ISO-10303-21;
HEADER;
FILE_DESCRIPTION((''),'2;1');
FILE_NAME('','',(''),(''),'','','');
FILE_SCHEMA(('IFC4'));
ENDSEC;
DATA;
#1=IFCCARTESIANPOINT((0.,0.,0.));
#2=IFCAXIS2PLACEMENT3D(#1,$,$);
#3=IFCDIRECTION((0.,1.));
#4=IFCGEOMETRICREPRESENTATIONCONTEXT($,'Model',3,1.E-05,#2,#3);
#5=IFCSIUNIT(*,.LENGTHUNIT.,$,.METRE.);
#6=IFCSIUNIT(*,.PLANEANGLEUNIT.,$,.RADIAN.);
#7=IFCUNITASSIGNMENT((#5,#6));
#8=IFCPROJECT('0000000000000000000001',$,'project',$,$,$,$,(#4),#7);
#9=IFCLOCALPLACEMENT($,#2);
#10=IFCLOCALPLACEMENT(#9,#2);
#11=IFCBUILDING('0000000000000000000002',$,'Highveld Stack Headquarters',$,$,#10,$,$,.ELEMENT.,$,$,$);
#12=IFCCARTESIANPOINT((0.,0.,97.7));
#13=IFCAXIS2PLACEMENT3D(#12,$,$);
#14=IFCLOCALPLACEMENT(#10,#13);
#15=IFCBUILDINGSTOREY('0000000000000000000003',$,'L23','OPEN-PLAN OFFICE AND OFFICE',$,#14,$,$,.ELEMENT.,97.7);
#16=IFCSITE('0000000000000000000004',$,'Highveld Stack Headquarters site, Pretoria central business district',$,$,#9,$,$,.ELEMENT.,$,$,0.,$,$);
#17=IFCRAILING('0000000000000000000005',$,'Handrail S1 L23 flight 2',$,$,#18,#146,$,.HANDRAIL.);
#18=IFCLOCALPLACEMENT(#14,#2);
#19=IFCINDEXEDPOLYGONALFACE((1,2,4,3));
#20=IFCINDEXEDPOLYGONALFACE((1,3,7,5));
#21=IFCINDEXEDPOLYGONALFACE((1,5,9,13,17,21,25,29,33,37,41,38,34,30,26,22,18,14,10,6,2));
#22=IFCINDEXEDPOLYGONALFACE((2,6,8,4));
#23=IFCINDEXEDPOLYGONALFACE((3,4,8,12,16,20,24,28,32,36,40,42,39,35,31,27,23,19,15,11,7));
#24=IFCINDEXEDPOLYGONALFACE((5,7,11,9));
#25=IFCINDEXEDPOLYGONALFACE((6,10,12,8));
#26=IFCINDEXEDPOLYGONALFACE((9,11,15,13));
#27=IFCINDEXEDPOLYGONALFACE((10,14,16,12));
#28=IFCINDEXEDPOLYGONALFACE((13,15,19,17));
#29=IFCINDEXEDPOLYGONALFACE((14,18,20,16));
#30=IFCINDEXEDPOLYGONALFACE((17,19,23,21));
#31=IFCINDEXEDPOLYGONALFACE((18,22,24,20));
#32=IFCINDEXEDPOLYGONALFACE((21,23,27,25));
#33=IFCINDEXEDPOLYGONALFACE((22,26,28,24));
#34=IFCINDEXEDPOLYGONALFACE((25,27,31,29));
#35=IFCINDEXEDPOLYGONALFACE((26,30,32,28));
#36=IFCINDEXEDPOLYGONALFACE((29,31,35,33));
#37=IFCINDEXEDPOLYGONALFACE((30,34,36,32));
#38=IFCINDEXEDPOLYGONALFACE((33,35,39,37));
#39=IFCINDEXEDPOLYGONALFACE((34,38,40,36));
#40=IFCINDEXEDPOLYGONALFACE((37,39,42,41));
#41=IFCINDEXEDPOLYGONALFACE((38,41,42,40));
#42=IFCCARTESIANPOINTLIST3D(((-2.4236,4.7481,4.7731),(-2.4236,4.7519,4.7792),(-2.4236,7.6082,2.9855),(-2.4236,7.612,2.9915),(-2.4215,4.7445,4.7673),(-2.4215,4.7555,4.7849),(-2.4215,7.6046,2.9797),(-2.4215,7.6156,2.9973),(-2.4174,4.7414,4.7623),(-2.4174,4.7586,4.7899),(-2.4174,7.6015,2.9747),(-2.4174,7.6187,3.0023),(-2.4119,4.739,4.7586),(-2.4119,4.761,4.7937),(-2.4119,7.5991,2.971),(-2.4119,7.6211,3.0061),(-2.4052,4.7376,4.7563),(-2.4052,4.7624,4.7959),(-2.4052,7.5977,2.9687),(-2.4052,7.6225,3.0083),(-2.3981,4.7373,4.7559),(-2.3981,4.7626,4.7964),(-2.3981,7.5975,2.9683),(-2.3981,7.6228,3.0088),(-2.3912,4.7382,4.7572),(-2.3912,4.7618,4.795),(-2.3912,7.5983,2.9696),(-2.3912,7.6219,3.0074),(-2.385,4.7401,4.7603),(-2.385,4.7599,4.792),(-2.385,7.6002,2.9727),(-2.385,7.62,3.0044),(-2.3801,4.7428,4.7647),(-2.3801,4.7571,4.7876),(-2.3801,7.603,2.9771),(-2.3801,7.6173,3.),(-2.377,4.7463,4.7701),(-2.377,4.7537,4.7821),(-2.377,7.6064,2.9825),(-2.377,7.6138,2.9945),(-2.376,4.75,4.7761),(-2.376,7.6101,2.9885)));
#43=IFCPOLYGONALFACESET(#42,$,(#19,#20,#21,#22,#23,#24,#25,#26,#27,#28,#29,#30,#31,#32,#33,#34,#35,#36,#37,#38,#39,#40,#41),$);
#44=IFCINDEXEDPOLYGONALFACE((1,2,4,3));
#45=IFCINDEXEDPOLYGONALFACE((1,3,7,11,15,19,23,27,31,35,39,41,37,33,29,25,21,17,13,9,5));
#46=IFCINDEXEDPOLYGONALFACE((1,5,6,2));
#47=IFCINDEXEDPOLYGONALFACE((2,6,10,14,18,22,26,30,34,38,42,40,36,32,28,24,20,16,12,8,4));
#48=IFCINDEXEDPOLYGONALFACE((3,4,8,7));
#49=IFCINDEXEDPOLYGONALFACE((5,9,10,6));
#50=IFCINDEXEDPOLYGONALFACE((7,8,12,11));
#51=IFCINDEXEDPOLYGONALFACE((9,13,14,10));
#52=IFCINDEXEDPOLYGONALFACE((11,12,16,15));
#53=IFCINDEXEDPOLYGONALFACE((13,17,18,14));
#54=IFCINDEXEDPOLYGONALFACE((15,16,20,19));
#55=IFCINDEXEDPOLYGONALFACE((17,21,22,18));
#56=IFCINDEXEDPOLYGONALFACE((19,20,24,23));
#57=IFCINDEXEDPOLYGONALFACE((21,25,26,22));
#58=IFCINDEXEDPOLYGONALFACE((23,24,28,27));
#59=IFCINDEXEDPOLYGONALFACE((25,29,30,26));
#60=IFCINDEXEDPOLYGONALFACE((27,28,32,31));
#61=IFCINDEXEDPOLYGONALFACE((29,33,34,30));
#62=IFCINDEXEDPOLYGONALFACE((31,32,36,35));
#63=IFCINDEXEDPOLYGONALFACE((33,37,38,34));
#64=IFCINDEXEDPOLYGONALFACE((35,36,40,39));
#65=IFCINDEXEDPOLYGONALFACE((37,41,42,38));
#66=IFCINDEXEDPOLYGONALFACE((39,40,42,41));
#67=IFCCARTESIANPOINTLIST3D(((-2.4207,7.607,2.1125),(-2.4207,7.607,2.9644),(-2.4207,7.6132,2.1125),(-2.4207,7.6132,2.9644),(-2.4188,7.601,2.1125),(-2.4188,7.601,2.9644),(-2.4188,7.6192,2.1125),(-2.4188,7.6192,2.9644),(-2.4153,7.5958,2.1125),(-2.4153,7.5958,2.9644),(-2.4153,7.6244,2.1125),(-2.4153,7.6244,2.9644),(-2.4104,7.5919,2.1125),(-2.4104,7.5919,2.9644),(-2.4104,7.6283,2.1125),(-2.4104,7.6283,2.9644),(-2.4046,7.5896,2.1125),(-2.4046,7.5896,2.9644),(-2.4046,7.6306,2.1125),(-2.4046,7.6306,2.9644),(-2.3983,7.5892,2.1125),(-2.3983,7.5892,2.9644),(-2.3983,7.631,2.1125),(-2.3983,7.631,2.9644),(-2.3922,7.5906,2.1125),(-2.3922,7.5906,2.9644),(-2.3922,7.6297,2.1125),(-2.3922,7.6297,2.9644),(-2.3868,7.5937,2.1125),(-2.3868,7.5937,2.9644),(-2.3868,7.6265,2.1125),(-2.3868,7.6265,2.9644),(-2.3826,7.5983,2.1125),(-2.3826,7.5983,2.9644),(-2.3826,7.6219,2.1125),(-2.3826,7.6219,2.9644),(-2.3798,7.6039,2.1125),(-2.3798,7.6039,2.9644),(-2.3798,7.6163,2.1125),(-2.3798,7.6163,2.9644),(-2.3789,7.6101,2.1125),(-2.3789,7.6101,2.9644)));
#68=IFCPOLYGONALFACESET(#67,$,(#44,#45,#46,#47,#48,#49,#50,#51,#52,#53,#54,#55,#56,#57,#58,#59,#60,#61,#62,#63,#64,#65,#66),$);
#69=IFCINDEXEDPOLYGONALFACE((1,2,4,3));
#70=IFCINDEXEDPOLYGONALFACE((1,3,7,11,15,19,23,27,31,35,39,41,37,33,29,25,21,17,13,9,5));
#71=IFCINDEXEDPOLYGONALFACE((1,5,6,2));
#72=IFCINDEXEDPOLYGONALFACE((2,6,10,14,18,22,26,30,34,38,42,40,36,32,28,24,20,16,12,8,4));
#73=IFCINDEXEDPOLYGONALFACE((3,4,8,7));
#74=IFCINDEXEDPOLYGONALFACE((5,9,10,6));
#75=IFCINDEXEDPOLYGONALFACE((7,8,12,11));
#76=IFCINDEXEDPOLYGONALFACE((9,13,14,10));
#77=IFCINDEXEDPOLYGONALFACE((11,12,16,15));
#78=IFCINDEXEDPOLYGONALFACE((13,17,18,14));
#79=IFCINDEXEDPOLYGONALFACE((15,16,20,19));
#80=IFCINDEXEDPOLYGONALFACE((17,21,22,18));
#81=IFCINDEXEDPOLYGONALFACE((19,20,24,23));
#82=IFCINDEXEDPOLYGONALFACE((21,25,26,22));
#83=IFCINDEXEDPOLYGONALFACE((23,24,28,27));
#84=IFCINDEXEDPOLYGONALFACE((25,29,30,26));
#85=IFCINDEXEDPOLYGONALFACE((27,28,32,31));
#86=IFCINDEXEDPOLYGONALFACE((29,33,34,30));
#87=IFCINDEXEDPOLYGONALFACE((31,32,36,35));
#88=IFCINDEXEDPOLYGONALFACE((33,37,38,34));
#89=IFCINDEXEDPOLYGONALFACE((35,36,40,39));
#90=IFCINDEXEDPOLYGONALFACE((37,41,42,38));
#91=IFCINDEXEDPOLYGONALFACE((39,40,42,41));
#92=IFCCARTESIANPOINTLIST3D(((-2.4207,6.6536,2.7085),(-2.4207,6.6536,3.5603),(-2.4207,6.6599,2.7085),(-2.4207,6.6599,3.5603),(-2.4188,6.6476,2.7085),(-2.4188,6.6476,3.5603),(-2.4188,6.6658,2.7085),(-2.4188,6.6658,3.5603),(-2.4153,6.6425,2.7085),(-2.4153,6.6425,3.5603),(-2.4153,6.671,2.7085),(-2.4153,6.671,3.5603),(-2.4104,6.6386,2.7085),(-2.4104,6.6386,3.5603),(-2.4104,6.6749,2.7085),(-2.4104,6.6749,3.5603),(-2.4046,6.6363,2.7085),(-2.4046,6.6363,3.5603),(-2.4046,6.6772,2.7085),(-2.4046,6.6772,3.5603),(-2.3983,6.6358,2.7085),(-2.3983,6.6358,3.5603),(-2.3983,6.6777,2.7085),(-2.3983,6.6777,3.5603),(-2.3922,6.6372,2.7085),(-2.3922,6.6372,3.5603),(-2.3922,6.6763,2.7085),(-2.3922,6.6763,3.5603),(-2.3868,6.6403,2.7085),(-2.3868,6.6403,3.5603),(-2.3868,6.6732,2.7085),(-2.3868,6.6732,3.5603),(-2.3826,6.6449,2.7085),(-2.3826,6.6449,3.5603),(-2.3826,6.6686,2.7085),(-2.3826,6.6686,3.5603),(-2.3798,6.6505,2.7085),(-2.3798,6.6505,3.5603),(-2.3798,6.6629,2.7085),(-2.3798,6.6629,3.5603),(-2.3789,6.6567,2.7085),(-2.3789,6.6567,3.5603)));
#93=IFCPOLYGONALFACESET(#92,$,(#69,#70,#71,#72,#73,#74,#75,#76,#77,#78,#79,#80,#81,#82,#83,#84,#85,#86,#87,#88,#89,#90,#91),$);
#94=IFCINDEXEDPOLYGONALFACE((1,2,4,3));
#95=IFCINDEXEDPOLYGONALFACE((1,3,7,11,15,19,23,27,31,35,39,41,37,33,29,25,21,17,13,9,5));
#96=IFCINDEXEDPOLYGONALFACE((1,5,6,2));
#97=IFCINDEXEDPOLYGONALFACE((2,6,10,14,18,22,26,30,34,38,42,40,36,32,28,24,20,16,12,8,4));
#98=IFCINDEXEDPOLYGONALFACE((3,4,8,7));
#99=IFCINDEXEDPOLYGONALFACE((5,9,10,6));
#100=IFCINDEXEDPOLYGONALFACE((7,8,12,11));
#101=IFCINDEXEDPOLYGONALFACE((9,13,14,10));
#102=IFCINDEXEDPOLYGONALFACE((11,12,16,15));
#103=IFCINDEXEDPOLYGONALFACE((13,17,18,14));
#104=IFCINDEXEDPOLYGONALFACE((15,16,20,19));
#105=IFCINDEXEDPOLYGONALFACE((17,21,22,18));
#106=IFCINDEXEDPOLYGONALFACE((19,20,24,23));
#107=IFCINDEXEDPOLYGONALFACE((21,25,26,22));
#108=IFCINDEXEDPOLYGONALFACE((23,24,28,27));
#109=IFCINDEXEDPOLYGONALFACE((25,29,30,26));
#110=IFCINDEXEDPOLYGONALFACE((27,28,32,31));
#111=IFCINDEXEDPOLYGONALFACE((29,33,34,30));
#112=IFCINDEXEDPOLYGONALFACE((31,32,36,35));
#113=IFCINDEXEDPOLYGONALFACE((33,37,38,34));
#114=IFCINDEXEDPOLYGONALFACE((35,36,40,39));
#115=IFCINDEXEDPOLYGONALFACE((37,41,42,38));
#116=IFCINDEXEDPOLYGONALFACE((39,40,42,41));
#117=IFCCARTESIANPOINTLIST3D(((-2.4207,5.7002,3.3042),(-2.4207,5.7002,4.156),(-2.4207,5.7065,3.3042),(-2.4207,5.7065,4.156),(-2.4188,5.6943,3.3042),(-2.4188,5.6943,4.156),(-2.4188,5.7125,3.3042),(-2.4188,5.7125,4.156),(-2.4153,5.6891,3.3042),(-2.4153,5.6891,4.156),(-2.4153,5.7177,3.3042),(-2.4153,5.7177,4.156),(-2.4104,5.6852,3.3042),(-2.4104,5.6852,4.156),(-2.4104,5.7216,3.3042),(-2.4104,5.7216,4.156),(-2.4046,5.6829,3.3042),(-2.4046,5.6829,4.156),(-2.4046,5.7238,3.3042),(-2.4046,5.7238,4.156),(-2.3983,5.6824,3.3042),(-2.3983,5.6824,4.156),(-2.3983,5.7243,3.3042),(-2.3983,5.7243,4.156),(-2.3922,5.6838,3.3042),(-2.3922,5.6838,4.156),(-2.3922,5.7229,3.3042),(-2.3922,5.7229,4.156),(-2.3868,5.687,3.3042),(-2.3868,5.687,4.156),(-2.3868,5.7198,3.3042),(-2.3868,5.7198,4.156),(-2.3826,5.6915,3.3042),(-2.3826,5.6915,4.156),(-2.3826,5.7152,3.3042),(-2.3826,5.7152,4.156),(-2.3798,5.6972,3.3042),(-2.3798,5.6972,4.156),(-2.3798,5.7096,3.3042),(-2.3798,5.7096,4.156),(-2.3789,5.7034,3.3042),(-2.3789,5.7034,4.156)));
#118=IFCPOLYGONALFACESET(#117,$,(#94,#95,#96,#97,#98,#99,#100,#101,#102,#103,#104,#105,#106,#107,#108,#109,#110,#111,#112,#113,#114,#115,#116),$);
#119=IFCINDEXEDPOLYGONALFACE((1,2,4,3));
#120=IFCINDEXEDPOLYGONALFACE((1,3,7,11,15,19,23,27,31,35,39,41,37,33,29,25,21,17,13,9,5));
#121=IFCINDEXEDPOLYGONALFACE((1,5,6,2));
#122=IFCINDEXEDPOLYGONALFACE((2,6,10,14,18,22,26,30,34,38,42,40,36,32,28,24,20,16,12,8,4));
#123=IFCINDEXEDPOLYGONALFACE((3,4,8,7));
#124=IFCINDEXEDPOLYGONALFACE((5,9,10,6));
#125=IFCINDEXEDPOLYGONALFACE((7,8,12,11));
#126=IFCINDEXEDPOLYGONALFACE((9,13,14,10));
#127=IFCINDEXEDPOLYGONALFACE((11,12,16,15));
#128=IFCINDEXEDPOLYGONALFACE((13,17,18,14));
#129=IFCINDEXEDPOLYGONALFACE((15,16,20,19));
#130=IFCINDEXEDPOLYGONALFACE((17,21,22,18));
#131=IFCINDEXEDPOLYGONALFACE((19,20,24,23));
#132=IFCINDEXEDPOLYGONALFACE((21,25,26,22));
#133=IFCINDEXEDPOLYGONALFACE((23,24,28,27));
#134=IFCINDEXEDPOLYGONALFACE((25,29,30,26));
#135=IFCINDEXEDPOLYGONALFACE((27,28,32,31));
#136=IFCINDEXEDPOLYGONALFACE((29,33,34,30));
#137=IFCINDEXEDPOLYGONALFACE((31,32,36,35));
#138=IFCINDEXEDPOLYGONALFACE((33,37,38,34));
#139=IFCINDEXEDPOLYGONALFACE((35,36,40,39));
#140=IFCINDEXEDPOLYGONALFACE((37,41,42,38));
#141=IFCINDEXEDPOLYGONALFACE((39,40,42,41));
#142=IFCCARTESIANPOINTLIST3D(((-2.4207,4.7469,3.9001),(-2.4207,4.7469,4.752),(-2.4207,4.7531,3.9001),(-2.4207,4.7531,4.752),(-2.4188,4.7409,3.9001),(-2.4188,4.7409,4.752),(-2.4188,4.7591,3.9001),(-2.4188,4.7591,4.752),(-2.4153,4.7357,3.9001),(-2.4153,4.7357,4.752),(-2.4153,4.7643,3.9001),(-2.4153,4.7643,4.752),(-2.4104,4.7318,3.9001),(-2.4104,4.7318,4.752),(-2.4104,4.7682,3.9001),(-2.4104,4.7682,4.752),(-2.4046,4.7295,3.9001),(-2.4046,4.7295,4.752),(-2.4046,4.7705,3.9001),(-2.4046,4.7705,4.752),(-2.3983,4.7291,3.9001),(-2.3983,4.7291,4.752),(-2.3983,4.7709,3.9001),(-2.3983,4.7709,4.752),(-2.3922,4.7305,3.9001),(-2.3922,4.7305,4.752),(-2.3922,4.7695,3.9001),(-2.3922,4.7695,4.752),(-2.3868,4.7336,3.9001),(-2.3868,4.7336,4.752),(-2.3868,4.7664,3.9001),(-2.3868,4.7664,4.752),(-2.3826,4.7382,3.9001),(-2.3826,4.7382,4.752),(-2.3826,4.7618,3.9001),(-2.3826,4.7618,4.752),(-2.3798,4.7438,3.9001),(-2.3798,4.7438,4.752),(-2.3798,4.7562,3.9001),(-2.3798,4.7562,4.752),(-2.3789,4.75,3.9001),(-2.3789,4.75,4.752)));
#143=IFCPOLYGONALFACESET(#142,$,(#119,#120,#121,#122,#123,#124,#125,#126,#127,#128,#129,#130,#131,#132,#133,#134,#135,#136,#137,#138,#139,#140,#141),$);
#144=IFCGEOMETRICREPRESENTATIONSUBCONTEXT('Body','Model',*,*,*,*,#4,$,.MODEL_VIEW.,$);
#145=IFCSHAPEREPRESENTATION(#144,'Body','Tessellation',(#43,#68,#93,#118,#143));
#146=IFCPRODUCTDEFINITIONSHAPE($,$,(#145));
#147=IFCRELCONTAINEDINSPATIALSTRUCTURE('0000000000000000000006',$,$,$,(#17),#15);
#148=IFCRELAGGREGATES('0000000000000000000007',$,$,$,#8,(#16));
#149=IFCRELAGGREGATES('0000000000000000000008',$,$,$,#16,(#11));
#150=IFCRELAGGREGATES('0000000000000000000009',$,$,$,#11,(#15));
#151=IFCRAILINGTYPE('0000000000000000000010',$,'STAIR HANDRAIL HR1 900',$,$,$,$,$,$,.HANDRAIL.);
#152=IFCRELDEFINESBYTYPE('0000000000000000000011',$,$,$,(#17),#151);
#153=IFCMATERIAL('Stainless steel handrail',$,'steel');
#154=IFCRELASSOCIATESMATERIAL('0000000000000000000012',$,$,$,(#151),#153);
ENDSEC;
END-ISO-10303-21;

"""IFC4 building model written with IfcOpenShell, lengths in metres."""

from ifc_helpers import new_model, si_unit, direction, frame, origin, origin_2d, place, context, subcontext, project, spatial, circle, extrude, material, type_object, element, save


model = new_model("IFC4")

# Units and contexts
model_context = context("Model", 3, precision=1e-05, world=origin(), true_north=direction((0.0, 1.0)))
body_context = subcontext(model_context, "Body", "Model", "MODEL_VIEW")
ifc_project = project(units=[si_unit("LENGTHUNIT", "METRE"), si_unit("PLANEANGLEUNIT", "RADIAN")], contexts=[model_context])

# Site, building, storey
site_placement = place(None, origin())
site = spatial("IfcSite", under=ifc_project, at=site_placement, Name="Highveld Stack Headquarters site, Pretoria central business district", CompositionType="ELEMENT", RefElevation=0.0)
building_placement = place(site_placement, origin())
building = spatial("IfcBuilding", under=site, at=building_placement, Name="Highveld Stack Headquarters", CompositionType="ELEMENT")
storey_placement = place(building_placement, frame((0.0, 0.0, 97.7)))
storey = spatial("IfcBuildingStorey", under=building, at=storey_placement, Name="L23", Description="OPEN-PLAN OFFICE AND OFFICE", CompositionType="ELEMENT", Elevation=97.7)

# Railing
ifc_material_1 = material(Name="Stainless steel handrail", Category="steel")
railing_type = type_object("IfcRailingType", Name="STAIR HANDRAIL HR1 900", PredefinedType="HANDRAIL", material=ifc_material_1)
for number, where, name in (
    (1, (-2.3999, 7.6101, 2.1125), "Handrail S1 L23 flight 2"),
):
    element("IfcRailing", number, at=place(storey_placement, frame(where)), inside=storey, type_object=railing_type, Name=name, PredefinedType="HANDRAIL", context=body_context, shape_type="SweptSolid", body=[
        extrude(circle(Radius=0.0239, at=origin_2d()), frame((0.0, 0.0, 0.876), z_axis=(0.0, -0.847994, 0.530005), x_axis=(1.0, 0.0, 0.0)), (0.0, 0.0, 1.0), 3.3728),
        extrude(circle(Radius=0.021, at=origin_2d()), origin(), (0.0, 0.0, 1.0), 0.8518),
        extrude(circle(Radius=0.021, at=origin_2d()), frame((0.0, -0.9534, 0.5959)), (0.0, 0.0, 1.0), 0.8518),
        extrude(circle(Radius=0.021, at=origin_2d()), frame((0.0, -1.9067, 1.1917)), (0.0, 0.0, 1.0), 0.8518),
        extrude(circle(Radius=0.021, at=origin_2d()), frame((0.0, -2.8601, 1.7876)), (0.0, 0.0, 1.0), 0.8518),
    ])

save(model, "model.ifc")
